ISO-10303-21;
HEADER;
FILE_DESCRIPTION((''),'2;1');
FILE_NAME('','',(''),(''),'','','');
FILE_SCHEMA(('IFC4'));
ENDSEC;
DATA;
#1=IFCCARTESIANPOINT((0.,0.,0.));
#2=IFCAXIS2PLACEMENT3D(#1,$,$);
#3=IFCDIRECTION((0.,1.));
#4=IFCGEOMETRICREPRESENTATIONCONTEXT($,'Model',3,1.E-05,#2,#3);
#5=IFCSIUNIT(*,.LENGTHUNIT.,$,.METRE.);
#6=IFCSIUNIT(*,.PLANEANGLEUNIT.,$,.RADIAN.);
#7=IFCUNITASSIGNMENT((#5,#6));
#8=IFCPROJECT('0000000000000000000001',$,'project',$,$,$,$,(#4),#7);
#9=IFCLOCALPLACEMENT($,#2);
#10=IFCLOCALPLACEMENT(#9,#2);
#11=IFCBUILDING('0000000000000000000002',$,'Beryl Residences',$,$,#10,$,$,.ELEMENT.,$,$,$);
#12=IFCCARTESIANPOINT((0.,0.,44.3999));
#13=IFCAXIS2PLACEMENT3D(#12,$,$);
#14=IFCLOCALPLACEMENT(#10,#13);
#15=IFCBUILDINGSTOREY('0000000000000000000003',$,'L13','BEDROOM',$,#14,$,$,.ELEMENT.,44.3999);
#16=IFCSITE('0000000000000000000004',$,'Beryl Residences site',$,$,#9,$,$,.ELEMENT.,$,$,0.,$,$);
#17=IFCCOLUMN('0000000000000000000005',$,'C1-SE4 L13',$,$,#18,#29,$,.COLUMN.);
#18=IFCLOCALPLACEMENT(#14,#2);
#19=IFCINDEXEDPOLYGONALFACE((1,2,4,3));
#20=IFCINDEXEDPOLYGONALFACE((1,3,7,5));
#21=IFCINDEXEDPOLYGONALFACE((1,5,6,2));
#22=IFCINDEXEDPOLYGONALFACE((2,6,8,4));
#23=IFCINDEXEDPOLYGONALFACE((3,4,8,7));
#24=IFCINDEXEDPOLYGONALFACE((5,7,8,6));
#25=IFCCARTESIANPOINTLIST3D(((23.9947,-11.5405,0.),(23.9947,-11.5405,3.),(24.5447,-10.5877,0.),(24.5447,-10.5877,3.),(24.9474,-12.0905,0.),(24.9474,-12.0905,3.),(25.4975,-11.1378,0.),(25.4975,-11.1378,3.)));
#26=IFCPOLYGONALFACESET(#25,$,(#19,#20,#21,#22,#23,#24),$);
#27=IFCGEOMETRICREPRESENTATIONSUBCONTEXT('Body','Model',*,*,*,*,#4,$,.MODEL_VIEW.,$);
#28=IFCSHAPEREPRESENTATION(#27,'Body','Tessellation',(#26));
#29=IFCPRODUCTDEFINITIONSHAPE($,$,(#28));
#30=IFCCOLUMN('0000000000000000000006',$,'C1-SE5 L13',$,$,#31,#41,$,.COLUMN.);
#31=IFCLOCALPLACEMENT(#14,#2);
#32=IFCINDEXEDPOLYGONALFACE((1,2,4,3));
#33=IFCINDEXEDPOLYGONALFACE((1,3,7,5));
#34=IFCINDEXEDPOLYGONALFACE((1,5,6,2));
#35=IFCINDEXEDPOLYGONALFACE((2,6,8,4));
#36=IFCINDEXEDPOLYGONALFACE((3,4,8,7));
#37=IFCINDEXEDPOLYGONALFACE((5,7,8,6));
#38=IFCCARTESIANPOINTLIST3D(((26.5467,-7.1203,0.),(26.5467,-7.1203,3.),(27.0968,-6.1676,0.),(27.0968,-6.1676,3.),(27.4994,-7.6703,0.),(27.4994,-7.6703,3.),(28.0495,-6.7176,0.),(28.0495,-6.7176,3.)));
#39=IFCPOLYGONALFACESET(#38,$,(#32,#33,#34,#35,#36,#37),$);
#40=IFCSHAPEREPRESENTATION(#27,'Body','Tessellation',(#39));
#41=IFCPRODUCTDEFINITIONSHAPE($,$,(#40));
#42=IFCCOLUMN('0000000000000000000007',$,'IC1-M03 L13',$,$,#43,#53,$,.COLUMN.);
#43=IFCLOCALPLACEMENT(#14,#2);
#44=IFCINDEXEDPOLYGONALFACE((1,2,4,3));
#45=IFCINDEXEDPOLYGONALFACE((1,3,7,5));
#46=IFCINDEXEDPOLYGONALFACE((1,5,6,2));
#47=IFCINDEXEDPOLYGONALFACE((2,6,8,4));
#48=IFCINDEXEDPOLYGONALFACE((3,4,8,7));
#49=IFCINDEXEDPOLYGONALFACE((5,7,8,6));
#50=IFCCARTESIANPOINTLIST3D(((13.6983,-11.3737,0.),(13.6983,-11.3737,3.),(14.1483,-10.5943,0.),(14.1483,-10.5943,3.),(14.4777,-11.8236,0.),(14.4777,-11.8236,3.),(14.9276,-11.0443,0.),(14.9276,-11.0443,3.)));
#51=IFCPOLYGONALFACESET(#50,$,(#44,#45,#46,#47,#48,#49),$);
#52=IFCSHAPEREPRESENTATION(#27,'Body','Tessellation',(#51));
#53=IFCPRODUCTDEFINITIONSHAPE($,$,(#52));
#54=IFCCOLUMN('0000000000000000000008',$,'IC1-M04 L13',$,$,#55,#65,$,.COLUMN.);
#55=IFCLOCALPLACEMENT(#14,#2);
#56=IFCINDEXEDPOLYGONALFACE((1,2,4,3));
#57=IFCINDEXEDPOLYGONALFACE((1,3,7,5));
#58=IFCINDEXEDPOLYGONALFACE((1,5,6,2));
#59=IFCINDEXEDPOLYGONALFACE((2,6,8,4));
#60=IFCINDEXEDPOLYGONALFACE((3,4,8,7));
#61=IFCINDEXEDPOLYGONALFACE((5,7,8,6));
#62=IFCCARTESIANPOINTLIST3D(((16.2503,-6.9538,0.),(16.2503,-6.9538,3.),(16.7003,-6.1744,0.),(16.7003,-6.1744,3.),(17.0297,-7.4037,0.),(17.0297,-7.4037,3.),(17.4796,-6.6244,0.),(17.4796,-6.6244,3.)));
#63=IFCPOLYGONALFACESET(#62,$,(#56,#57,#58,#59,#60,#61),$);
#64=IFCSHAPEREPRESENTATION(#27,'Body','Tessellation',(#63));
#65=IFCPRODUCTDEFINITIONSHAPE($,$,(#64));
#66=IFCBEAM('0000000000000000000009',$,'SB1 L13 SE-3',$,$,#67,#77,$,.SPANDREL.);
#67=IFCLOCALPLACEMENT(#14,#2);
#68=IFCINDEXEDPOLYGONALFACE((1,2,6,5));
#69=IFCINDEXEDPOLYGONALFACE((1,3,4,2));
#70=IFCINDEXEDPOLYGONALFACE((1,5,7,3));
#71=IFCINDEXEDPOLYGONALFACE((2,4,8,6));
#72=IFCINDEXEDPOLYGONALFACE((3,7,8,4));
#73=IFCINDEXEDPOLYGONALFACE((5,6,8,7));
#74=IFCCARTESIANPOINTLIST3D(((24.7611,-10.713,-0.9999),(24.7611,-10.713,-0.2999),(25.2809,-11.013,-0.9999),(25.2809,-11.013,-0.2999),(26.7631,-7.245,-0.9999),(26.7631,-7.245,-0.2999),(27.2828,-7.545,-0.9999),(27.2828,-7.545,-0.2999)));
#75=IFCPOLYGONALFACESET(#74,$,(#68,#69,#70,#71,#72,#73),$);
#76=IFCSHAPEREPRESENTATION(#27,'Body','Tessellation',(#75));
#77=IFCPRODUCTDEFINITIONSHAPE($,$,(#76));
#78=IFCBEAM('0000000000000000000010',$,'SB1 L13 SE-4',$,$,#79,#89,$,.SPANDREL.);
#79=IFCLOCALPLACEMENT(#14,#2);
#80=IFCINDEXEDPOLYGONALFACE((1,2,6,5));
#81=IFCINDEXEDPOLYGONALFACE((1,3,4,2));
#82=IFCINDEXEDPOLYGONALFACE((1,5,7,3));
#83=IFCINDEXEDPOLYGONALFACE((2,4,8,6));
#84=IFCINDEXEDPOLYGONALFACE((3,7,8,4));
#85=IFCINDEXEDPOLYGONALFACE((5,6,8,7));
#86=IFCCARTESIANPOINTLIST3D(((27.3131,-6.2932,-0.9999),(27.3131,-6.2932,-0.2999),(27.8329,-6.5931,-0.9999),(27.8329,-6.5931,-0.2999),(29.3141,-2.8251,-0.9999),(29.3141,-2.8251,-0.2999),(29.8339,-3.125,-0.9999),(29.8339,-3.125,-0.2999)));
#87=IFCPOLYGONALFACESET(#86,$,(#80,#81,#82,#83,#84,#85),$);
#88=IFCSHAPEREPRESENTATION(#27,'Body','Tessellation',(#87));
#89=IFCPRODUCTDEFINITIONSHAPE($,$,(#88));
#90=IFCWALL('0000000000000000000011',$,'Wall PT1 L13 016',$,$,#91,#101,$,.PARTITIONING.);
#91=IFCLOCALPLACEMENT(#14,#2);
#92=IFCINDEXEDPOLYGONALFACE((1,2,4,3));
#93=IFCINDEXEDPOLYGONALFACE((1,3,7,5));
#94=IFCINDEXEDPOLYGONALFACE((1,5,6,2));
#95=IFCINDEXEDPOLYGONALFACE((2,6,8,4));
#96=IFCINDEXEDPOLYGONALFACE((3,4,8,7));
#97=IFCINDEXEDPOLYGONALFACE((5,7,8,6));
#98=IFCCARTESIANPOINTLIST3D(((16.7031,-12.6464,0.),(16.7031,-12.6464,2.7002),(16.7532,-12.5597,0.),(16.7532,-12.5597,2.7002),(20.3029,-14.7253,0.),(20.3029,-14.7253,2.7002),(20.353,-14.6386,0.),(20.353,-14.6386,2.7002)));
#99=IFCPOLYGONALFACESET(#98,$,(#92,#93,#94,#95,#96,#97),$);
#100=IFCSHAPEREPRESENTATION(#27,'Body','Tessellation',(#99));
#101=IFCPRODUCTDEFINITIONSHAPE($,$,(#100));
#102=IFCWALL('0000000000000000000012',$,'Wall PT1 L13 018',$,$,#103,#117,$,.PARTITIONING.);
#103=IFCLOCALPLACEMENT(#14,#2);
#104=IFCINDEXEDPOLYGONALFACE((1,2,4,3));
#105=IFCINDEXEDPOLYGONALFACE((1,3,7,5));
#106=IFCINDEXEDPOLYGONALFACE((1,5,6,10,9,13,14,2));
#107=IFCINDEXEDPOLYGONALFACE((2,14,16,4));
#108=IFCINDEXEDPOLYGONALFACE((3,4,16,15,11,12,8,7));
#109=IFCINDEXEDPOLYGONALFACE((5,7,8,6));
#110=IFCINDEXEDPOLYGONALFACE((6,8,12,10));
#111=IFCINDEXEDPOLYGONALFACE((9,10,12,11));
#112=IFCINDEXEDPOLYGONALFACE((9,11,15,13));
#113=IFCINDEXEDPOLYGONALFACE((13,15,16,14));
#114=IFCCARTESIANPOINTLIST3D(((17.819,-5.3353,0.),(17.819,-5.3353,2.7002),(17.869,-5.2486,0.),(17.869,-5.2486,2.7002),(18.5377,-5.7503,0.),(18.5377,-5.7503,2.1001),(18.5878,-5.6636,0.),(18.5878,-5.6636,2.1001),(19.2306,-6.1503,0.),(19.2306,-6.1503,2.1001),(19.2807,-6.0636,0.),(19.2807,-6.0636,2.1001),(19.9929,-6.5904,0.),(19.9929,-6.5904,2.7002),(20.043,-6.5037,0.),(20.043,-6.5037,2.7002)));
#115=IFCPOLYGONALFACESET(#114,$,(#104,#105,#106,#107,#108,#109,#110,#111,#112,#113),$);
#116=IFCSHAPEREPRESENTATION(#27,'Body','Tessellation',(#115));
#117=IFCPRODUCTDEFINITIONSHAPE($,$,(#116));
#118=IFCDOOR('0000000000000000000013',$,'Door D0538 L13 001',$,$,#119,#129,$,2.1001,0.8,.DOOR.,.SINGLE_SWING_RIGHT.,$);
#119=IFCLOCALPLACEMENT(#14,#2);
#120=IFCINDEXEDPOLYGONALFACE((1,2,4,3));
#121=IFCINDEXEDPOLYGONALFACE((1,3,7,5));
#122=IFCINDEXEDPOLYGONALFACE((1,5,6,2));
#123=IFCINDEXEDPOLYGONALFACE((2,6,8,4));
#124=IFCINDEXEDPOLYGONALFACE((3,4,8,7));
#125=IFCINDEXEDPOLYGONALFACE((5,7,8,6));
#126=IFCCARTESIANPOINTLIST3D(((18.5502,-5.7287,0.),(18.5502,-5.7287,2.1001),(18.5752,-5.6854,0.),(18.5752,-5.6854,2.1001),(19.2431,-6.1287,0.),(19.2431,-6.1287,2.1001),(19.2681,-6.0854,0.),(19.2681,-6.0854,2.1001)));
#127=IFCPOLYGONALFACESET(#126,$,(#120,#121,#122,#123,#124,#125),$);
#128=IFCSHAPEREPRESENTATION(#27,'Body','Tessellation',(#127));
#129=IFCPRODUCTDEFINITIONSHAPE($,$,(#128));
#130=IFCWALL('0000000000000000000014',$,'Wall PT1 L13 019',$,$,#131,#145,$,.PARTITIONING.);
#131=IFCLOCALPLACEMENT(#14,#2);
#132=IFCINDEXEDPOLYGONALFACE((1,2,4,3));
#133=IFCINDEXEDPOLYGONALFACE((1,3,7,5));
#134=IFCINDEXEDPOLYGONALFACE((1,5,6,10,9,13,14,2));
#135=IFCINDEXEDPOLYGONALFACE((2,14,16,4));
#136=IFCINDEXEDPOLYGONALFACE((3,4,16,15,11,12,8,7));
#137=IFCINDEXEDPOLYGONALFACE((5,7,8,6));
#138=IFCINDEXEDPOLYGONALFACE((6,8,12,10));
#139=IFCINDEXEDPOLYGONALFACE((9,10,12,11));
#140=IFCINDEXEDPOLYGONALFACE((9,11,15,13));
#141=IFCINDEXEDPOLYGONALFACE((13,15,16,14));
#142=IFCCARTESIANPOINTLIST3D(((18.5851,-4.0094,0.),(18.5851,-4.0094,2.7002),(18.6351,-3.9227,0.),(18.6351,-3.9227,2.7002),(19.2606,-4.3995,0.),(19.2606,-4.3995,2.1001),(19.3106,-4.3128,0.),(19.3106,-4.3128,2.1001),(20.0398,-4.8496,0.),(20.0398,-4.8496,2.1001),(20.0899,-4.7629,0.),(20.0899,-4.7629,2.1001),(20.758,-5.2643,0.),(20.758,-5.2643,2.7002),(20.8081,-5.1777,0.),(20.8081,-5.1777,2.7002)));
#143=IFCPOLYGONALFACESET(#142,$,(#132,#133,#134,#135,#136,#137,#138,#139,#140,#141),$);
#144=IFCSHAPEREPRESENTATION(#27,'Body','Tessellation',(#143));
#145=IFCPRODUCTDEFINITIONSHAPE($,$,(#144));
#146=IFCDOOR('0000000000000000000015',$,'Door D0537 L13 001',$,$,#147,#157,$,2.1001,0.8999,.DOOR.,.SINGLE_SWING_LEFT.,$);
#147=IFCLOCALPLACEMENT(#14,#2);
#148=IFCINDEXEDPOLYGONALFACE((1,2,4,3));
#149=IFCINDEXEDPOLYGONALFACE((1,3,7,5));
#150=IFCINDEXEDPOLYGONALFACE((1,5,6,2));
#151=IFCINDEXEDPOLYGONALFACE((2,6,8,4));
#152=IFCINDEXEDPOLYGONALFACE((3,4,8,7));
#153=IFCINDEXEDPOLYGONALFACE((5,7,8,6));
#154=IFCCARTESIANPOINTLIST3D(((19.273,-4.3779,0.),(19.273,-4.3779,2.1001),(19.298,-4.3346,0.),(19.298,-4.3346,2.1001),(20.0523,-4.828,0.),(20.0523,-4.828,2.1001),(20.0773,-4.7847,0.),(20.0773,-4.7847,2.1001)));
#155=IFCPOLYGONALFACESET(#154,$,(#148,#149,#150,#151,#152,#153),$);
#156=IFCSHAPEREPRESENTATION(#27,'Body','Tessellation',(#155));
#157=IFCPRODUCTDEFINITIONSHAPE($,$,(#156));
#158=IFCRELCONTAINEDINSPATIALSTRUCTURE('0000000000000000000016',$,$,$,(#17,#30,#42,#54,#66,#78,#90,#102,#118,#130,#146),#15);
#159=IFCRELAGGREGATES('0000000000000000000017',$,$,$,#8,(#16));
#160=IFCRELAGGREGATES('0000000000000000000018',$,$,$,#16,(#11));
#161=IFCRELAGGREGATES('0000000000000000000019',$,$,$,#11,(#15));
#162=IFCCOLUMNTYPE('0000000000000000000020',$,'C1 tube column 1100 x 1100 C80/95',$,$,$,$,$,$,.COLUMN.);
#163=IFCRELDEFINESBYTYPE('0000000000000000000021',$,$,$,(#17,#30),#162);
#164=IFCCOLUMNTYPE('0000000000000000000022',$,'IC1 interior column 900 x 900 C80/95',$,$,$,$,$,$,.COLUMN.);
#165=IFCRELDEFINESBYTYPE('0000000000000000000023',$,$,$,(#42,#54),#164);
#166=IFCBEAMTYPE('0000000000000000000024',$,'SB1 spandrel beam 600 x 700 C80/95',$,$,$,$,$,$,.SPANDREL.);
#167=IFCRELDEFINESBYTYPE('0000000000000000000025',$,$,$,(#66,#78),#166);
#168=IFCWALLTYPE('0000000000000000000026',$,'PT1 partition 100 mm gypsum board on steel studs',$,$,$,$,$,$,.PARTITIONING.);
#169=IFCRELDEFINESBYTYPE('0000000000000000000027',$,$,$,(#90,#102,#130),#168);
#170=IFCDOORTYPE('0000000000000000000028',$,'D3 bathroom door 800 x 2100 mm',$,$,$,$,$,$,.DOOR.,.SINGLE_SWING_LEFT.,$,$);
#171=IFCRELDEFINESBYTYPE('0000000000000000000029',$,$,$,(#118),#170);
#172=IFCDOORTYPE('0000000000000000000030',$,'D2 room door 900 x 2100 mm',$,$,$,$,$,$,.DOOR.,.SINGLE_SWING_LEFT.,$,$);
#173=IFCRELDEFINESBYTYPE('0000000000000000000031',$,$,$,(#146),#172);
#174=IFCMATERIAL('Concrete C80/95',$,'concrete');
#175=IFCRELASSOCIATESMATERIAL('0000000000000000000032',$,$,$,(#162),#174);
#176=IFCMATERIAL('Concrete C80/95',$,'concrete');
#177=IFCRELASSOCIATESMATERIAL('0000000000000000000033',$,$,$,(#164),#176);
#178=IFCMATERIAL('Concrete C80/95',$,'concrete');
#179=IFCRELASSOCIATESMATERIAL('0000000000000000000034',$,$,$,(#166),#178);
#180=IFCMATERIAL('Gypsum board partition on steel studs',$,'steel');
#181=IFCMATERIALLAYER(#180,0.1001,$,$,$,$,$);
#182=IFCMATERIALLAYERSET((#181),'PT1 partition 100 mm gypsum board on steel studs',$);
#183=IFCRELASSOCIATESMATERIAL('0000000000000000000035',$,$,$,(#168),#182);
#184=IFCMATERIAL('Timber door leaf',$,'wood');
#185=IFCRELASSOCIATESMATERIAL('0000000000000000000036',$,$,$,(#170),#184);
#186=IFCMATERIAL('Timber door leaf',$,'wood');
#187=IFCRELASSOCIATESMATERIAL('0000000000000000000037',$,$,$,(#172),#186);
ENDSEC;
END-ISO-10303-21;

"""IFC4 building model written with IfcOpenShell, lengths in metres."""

from ifc_helpers import new_model, si_unit, direction, frame, frame_2d, origin, origin_2d, place, context, subcontext, project, spatial, rectangle, extrude, material, layer, layer_set, material_profile, profile_set, type_object, element, fill, save


model = new_model("IFC4")

# Units and contexts
model_context = context("Model", 3, precision=1e-05, world=origin(), true_north=direction((0.0, 1.0)))
body_context = subcontext(model_context, "Body", "Model", "MODEL_VIEW")
ifc_project = project(units=[si_unit("LENGTHUNIT", "METRE"), si_unit("PLANEANGLEUNIT", "RADIAN")], contexts=[model_context])

# Site, building, storey
site_placement = place(None, origin())
site = spatial("IfcSite", under=ifc_project, at=site_placement, Name="Beryl Residences site", CompositionType="ELEMENT", RefElevation=0.0)
building_placement = place(site_placement, origin())
building = spatial("IfcBuilding", under=site, at=building_placement, Name="Beryl Residences", CompositionType="ELEMENT")
storey_placement = place(building_placement, frame((0.0, 0.0, 44.3999)))
storey = spatial("IfcBuildingStorey", under=building, at=storey_placement, Name="L13", Description="BEDROOM", CompositionType="ELEMENT", Elevation=44.3999)

# Columns
ifc_material_1 = material(Name="Concrete C80/95", Category="concrete")
ifc_material_profile_1 = material_profile(ifc_material_1, rectangle(XDim=1.1001, YDim=1.1001, at=origin_2d()))
ifc_profile_set_1 = profile_set([ifc_material_profile_1], Name="Concrete C80/95")
column_type_1 = type_object("IfcColumnType", Name="C1 tube column 1100 x 1100 C80/95", PredefinedType="COLUMN", material=ifc_profile_set_1)
for number, where, z_axis, x_axis, name in (
    (1, (24.7461, -11.3391, 0.0), (0.0, 0.0, 1.0), (0.499985, 0.866034, 0.0), "C1-SE4 L13"),
    (2, (27.2981, -6.9189, 0.0), (0.0, 0.0, 1.0), (0.499985, 0.866034, 0.0), "C1-SE5 L13"),
):
    element("IfcColumn", number, at=place(storey_placement, frame(where, z_axis=z_axis, x_axis=x_axis)), inside=storey, type_object=column_type_1, Name=name, PredefinedType="COLUMN", context=body_context, shape_type="SweptSolid", body=[
        extrude(rectangle(XDim=1.1001, YDim=1.1001, at=origin_2d()), origin(), (0.0, 0.0, 1.0), 3.0),
    ])
ifc_material_2 = material(Name="Concrete C80/95", Category="concrete")
ifc_material_profile_2 = material_profile(ifc_material_2, rectangle(XDim=0.8999, YDim=0.8999, at=origin_2d()))
ifc_profile_set_2 = profile_set([ifc_material_profile_2], Name="Concrete C80/95")
column_type_2 = type_object("IfcColumnType", Name="IC1 interior column 900 x 900 C80/95", PredefinedType="COLUMN", material=ifc_profile_set_2)
for number, where, z_axis, x_axis, name in (
    (3, (14.313, -11.209, 0.0), (0.0, 0.0, 1.0), (0.499985, 0.866034, 0.0), "IC1-M03 L13"),
    (4, (16.865, -6.7891, 0.0), (0.0, 0.0, 1.0), (0.499985, 0.866034, 0.0), "IC1-M04 L13"),
):
    element("IfcColumn", number, at=place(storey_placement, frame(where, z_axis=z_axis, x_axis=x_axis)), inside=storey, type_object=column_type_2, Name=name, PredefinedType="COLUMN", context=body_context, shape_type="SweptSolid", body=[
        extrude(rectangle(XDim=0.8999, YDim=0.8999, at=origin_2d()), origin(), (0.0, 0.0, 1.0), 3.0),
    ])

# Beams
ifc_material_3 = material(Name="Concrete C80/95", Category="concrete")
ifc_material_profile_3 = material_profile(ifc_material_3, rectangle(XDim=0.6001, YDim=0.7, at=origin_2d()))
ifc_profile_set_3 = profile_set([ifc_material_profile_3], Name="Concrete C80/95")
beam_type = type_object("IfcBeamType", Name="SB1 spandrel beam 600 x 700 C80/95", PredefinedType="SPANDREL", material=ifc_profile_set_3)
beam_1_placement = place(storey_placement, frame((25.021, -10.863, -0.6499), z_axis=(0.499942, 0.866059, 0.0), x_axis=(-0.866059, 0.499942, 0.0)))
element("IfcBeam", 5, at=beam_1_placement, inside=storey, type_object=beam_type, Name="SB1 L13 SE-3", PredefinedType="SPANDREL", context=body_context, shape_type="SweptSolid", body=[
    extrude(rectangle(XDim=0.6001, YDim=0.7, at=origin_2d()), origin(), (0.0, 0.0, 1.0), 4.0044),
])
beam_2_placement = place(storey_placement, frame((27.573, -6.4431, -0.6499), z_axis=(0.499759, 0.866164, 0.0), x_axis=(-0.866164, 0.499759, 0.0)))
element("IfcBeam", 6, at=beam_2_placement, inside=storey, type_object=beam_type, Name="SB1 L13 SE-4", PredefinedType="SPANDREL", context=body_context, shape_type="SweptSolid", body=[
    extrude(rectangle(XDim=0.6001, YDim=0.7, at=origin_2d()), origin(), (0.0, 0.0, 1.0), 4.0039),
])

# Wall
ifc_material_4 = material(Name="Gypsum board partition on steel studs", Category="steel")
ifc_layer_1 = layer(ifc_material_4, 0.1001)
ifc_layer_set_1 = layer_set([ifc_layer_1], Name="PT1 partition 100 mm gypsum board on steel studs")
wall_type_1 = type_object("IfcWallType", Name="PT1 partition 100 mm gypsum board on steel studs", PredefinedType="PARTITIONING", material=ifc_layer_set_1)
wall_1_placement = place(storey_placement, frame((16.728, -12.603, 0.0), z_axis=(0.0, 0.0, 1.0), x_axis=(0.865975, -0.500087, 0.0)))
element("IfcWall", 7, at=wall_1_placement, inside=storey, type_object=wall_type_1, Name="Wall PT1 L13 016", PredefinedType="PARTITIONING", context=body_context, shape_type="SweptSolid", body=[
    extrude(rectangle(XDim=4.157, YDim=0.1001, at=frame_2d((2.0786, 0.0))), origin(), (0.0, 0.0, 1.0), 2.7002),
])

# Walls, openings, doors
wall_2_placement = place(storey_placement, frame((17.844, -5.292, 0.0), z_axis=(0.0, 0.0, 1.0), x_axis=(0.866038, -0.499978, 0.0)))
wall_2 = element("IfcWall", 8, at=wall_2_placement, inside=storey, type_object=wall_type_1, Name="Wall PT1 L13 018", PredefinedType="PARTITIONING", context=body_context, shape_type="SweptSolid", body=[
    extrude(rectangle(XDim=2.5103, YDim=0.1001, at=frame_2d((1.2551, 0.0))), origin(), (0.0, 0.0, 1.0), 2.7002),
])
opening_1_placement = place(wall_2_placement, frame((0.8301, 0.0, 0.0)))
opening_1 = element("IfcOpeningElement", 9, at=opening_1_placement, cuts=wall_2, PredefinedType="OPENING", context=body_context, shape_type="SweptSolid", body=[
    extrude(rectangle(XDim=0.8, YDim=2.1001, at=frame_2d((0.3999, 1.05))), frame((0.0, 0.0601, 0.0), z_axis=(0.0, -1.0, 0.0), x_axis=(1.0, 0.0, 0.0)), (0.0, 0.0, 1.0), 0.1201),
])
ifc_material_5 = material(Name="Timber door leaf", Category="wood")
door_type_1 = type_object("IfcDoorType", Name="D3 bathroom door 800 x 2100 mm", OperationType="SINGLE_SWING_LEFT", PredefinedType="DOOR", material=ifc_material_5)
door_1_placement = place(opening_1_placement, origin())
door_1 = element("IfcDoor", 10, at=door_1_placement, inside=storey, type_object=door_type_1, Name="Door D0538 L13 001", OperationType="SINGLE_SWING_RIGHT", OverallHeight=2.1001, OverallWidth=0.8, PredefinedType="DOOR", context=body_context, shape_type="SweptSolid", body=[
    extrude(rectangle(XDim=0.8, YDim=2.1001, at=frame_2d((0.3999, 1.05))), frame((0.0, 0.0249, 0.0), z_axis=(0.0, -1.0, 0.0), x_axis=(1.0, 0.0, 0.0)), (0.0, 0.0, 1.0), 0.05),
])
fill(opening_1, door_1)
wall_3_placement = place(storey_placement, frame((18.6101, -3.9661, 0.0), z_axis=(0.0, 0.0, 1.0), x_axis=(0.865959, -0.500115, 0.0)))
wall_3 = element("IfcWall", 11, at=wall_3_placement, inside=storey, type_object=wall_type_1, Name="Wall PT1 L13 019", PredefinedType="PARTITIONING", context=body_context, shape_type="SweptSolid", body=[
    extrude(rectangle(XDim=2.5093, YDim=0.1001, at=frame_2d((1.2546, 0.0))), origin(), (0.0, 0.0, 1.0), 2.7002),
])
opening_2_placement = place(wall_3_placement, frame((0.78, 0.0, 0.0)))
opening_2 = element("IfcOpeningElement", 12, at=opening_2_placement, cuts=wall_3, PredefinedType="OPENING", context=body_context, shape_type="SweptSolid", body=[
    extrude(rectangle(XDim=0.8999, YDim=2.1001, at=frame_2d((0.45, 1.05))), frame((0.0, 0.0601, 0.0), z_axis=(0.0, -1.0, 0.0), x_axis=(1.0, 0.0, 0.0)), (0.0, 0.0, 1.0), 0.1201),
])
ifc_material_6 = material(Name="Timber door leaf", Category="wood")
door_type_2 = type_object("IfcDoorType", Name="D2 room door 900 x 2100 mm", OperationType="SINGLE_SWING_LEFT", PredefinedType="DOOR", material=ifc_material_6)
door_2_placement = place(opening_2_placement, origin())
door_2 = element("IfcDoor", 13, at=door_2_placement, inside=storey, type_object=door_type_2, Name="Door D0537 L13 001", OperationType="SINGLE_SWING_LEFT", OverallHeight=2.1001, OverallWidth=0.8999, PredefinedType="DOOR", context=body_context, shape_type="SweptSolid", body=[
    extrude(rectangle(XDim=0.8999, YDim=2.1001, at=frame_2d((0.45, 1.05))), frame((0.0, 0.0249, 0.0), z_axis=(0.0, -1.0, 0.0), x_axis=(1.0, 0.0, 0.0)), (0.0, 0.0, 1.0), 0.05),
])
fill(opening_2, door_2)

save(model, "model.ifc")
